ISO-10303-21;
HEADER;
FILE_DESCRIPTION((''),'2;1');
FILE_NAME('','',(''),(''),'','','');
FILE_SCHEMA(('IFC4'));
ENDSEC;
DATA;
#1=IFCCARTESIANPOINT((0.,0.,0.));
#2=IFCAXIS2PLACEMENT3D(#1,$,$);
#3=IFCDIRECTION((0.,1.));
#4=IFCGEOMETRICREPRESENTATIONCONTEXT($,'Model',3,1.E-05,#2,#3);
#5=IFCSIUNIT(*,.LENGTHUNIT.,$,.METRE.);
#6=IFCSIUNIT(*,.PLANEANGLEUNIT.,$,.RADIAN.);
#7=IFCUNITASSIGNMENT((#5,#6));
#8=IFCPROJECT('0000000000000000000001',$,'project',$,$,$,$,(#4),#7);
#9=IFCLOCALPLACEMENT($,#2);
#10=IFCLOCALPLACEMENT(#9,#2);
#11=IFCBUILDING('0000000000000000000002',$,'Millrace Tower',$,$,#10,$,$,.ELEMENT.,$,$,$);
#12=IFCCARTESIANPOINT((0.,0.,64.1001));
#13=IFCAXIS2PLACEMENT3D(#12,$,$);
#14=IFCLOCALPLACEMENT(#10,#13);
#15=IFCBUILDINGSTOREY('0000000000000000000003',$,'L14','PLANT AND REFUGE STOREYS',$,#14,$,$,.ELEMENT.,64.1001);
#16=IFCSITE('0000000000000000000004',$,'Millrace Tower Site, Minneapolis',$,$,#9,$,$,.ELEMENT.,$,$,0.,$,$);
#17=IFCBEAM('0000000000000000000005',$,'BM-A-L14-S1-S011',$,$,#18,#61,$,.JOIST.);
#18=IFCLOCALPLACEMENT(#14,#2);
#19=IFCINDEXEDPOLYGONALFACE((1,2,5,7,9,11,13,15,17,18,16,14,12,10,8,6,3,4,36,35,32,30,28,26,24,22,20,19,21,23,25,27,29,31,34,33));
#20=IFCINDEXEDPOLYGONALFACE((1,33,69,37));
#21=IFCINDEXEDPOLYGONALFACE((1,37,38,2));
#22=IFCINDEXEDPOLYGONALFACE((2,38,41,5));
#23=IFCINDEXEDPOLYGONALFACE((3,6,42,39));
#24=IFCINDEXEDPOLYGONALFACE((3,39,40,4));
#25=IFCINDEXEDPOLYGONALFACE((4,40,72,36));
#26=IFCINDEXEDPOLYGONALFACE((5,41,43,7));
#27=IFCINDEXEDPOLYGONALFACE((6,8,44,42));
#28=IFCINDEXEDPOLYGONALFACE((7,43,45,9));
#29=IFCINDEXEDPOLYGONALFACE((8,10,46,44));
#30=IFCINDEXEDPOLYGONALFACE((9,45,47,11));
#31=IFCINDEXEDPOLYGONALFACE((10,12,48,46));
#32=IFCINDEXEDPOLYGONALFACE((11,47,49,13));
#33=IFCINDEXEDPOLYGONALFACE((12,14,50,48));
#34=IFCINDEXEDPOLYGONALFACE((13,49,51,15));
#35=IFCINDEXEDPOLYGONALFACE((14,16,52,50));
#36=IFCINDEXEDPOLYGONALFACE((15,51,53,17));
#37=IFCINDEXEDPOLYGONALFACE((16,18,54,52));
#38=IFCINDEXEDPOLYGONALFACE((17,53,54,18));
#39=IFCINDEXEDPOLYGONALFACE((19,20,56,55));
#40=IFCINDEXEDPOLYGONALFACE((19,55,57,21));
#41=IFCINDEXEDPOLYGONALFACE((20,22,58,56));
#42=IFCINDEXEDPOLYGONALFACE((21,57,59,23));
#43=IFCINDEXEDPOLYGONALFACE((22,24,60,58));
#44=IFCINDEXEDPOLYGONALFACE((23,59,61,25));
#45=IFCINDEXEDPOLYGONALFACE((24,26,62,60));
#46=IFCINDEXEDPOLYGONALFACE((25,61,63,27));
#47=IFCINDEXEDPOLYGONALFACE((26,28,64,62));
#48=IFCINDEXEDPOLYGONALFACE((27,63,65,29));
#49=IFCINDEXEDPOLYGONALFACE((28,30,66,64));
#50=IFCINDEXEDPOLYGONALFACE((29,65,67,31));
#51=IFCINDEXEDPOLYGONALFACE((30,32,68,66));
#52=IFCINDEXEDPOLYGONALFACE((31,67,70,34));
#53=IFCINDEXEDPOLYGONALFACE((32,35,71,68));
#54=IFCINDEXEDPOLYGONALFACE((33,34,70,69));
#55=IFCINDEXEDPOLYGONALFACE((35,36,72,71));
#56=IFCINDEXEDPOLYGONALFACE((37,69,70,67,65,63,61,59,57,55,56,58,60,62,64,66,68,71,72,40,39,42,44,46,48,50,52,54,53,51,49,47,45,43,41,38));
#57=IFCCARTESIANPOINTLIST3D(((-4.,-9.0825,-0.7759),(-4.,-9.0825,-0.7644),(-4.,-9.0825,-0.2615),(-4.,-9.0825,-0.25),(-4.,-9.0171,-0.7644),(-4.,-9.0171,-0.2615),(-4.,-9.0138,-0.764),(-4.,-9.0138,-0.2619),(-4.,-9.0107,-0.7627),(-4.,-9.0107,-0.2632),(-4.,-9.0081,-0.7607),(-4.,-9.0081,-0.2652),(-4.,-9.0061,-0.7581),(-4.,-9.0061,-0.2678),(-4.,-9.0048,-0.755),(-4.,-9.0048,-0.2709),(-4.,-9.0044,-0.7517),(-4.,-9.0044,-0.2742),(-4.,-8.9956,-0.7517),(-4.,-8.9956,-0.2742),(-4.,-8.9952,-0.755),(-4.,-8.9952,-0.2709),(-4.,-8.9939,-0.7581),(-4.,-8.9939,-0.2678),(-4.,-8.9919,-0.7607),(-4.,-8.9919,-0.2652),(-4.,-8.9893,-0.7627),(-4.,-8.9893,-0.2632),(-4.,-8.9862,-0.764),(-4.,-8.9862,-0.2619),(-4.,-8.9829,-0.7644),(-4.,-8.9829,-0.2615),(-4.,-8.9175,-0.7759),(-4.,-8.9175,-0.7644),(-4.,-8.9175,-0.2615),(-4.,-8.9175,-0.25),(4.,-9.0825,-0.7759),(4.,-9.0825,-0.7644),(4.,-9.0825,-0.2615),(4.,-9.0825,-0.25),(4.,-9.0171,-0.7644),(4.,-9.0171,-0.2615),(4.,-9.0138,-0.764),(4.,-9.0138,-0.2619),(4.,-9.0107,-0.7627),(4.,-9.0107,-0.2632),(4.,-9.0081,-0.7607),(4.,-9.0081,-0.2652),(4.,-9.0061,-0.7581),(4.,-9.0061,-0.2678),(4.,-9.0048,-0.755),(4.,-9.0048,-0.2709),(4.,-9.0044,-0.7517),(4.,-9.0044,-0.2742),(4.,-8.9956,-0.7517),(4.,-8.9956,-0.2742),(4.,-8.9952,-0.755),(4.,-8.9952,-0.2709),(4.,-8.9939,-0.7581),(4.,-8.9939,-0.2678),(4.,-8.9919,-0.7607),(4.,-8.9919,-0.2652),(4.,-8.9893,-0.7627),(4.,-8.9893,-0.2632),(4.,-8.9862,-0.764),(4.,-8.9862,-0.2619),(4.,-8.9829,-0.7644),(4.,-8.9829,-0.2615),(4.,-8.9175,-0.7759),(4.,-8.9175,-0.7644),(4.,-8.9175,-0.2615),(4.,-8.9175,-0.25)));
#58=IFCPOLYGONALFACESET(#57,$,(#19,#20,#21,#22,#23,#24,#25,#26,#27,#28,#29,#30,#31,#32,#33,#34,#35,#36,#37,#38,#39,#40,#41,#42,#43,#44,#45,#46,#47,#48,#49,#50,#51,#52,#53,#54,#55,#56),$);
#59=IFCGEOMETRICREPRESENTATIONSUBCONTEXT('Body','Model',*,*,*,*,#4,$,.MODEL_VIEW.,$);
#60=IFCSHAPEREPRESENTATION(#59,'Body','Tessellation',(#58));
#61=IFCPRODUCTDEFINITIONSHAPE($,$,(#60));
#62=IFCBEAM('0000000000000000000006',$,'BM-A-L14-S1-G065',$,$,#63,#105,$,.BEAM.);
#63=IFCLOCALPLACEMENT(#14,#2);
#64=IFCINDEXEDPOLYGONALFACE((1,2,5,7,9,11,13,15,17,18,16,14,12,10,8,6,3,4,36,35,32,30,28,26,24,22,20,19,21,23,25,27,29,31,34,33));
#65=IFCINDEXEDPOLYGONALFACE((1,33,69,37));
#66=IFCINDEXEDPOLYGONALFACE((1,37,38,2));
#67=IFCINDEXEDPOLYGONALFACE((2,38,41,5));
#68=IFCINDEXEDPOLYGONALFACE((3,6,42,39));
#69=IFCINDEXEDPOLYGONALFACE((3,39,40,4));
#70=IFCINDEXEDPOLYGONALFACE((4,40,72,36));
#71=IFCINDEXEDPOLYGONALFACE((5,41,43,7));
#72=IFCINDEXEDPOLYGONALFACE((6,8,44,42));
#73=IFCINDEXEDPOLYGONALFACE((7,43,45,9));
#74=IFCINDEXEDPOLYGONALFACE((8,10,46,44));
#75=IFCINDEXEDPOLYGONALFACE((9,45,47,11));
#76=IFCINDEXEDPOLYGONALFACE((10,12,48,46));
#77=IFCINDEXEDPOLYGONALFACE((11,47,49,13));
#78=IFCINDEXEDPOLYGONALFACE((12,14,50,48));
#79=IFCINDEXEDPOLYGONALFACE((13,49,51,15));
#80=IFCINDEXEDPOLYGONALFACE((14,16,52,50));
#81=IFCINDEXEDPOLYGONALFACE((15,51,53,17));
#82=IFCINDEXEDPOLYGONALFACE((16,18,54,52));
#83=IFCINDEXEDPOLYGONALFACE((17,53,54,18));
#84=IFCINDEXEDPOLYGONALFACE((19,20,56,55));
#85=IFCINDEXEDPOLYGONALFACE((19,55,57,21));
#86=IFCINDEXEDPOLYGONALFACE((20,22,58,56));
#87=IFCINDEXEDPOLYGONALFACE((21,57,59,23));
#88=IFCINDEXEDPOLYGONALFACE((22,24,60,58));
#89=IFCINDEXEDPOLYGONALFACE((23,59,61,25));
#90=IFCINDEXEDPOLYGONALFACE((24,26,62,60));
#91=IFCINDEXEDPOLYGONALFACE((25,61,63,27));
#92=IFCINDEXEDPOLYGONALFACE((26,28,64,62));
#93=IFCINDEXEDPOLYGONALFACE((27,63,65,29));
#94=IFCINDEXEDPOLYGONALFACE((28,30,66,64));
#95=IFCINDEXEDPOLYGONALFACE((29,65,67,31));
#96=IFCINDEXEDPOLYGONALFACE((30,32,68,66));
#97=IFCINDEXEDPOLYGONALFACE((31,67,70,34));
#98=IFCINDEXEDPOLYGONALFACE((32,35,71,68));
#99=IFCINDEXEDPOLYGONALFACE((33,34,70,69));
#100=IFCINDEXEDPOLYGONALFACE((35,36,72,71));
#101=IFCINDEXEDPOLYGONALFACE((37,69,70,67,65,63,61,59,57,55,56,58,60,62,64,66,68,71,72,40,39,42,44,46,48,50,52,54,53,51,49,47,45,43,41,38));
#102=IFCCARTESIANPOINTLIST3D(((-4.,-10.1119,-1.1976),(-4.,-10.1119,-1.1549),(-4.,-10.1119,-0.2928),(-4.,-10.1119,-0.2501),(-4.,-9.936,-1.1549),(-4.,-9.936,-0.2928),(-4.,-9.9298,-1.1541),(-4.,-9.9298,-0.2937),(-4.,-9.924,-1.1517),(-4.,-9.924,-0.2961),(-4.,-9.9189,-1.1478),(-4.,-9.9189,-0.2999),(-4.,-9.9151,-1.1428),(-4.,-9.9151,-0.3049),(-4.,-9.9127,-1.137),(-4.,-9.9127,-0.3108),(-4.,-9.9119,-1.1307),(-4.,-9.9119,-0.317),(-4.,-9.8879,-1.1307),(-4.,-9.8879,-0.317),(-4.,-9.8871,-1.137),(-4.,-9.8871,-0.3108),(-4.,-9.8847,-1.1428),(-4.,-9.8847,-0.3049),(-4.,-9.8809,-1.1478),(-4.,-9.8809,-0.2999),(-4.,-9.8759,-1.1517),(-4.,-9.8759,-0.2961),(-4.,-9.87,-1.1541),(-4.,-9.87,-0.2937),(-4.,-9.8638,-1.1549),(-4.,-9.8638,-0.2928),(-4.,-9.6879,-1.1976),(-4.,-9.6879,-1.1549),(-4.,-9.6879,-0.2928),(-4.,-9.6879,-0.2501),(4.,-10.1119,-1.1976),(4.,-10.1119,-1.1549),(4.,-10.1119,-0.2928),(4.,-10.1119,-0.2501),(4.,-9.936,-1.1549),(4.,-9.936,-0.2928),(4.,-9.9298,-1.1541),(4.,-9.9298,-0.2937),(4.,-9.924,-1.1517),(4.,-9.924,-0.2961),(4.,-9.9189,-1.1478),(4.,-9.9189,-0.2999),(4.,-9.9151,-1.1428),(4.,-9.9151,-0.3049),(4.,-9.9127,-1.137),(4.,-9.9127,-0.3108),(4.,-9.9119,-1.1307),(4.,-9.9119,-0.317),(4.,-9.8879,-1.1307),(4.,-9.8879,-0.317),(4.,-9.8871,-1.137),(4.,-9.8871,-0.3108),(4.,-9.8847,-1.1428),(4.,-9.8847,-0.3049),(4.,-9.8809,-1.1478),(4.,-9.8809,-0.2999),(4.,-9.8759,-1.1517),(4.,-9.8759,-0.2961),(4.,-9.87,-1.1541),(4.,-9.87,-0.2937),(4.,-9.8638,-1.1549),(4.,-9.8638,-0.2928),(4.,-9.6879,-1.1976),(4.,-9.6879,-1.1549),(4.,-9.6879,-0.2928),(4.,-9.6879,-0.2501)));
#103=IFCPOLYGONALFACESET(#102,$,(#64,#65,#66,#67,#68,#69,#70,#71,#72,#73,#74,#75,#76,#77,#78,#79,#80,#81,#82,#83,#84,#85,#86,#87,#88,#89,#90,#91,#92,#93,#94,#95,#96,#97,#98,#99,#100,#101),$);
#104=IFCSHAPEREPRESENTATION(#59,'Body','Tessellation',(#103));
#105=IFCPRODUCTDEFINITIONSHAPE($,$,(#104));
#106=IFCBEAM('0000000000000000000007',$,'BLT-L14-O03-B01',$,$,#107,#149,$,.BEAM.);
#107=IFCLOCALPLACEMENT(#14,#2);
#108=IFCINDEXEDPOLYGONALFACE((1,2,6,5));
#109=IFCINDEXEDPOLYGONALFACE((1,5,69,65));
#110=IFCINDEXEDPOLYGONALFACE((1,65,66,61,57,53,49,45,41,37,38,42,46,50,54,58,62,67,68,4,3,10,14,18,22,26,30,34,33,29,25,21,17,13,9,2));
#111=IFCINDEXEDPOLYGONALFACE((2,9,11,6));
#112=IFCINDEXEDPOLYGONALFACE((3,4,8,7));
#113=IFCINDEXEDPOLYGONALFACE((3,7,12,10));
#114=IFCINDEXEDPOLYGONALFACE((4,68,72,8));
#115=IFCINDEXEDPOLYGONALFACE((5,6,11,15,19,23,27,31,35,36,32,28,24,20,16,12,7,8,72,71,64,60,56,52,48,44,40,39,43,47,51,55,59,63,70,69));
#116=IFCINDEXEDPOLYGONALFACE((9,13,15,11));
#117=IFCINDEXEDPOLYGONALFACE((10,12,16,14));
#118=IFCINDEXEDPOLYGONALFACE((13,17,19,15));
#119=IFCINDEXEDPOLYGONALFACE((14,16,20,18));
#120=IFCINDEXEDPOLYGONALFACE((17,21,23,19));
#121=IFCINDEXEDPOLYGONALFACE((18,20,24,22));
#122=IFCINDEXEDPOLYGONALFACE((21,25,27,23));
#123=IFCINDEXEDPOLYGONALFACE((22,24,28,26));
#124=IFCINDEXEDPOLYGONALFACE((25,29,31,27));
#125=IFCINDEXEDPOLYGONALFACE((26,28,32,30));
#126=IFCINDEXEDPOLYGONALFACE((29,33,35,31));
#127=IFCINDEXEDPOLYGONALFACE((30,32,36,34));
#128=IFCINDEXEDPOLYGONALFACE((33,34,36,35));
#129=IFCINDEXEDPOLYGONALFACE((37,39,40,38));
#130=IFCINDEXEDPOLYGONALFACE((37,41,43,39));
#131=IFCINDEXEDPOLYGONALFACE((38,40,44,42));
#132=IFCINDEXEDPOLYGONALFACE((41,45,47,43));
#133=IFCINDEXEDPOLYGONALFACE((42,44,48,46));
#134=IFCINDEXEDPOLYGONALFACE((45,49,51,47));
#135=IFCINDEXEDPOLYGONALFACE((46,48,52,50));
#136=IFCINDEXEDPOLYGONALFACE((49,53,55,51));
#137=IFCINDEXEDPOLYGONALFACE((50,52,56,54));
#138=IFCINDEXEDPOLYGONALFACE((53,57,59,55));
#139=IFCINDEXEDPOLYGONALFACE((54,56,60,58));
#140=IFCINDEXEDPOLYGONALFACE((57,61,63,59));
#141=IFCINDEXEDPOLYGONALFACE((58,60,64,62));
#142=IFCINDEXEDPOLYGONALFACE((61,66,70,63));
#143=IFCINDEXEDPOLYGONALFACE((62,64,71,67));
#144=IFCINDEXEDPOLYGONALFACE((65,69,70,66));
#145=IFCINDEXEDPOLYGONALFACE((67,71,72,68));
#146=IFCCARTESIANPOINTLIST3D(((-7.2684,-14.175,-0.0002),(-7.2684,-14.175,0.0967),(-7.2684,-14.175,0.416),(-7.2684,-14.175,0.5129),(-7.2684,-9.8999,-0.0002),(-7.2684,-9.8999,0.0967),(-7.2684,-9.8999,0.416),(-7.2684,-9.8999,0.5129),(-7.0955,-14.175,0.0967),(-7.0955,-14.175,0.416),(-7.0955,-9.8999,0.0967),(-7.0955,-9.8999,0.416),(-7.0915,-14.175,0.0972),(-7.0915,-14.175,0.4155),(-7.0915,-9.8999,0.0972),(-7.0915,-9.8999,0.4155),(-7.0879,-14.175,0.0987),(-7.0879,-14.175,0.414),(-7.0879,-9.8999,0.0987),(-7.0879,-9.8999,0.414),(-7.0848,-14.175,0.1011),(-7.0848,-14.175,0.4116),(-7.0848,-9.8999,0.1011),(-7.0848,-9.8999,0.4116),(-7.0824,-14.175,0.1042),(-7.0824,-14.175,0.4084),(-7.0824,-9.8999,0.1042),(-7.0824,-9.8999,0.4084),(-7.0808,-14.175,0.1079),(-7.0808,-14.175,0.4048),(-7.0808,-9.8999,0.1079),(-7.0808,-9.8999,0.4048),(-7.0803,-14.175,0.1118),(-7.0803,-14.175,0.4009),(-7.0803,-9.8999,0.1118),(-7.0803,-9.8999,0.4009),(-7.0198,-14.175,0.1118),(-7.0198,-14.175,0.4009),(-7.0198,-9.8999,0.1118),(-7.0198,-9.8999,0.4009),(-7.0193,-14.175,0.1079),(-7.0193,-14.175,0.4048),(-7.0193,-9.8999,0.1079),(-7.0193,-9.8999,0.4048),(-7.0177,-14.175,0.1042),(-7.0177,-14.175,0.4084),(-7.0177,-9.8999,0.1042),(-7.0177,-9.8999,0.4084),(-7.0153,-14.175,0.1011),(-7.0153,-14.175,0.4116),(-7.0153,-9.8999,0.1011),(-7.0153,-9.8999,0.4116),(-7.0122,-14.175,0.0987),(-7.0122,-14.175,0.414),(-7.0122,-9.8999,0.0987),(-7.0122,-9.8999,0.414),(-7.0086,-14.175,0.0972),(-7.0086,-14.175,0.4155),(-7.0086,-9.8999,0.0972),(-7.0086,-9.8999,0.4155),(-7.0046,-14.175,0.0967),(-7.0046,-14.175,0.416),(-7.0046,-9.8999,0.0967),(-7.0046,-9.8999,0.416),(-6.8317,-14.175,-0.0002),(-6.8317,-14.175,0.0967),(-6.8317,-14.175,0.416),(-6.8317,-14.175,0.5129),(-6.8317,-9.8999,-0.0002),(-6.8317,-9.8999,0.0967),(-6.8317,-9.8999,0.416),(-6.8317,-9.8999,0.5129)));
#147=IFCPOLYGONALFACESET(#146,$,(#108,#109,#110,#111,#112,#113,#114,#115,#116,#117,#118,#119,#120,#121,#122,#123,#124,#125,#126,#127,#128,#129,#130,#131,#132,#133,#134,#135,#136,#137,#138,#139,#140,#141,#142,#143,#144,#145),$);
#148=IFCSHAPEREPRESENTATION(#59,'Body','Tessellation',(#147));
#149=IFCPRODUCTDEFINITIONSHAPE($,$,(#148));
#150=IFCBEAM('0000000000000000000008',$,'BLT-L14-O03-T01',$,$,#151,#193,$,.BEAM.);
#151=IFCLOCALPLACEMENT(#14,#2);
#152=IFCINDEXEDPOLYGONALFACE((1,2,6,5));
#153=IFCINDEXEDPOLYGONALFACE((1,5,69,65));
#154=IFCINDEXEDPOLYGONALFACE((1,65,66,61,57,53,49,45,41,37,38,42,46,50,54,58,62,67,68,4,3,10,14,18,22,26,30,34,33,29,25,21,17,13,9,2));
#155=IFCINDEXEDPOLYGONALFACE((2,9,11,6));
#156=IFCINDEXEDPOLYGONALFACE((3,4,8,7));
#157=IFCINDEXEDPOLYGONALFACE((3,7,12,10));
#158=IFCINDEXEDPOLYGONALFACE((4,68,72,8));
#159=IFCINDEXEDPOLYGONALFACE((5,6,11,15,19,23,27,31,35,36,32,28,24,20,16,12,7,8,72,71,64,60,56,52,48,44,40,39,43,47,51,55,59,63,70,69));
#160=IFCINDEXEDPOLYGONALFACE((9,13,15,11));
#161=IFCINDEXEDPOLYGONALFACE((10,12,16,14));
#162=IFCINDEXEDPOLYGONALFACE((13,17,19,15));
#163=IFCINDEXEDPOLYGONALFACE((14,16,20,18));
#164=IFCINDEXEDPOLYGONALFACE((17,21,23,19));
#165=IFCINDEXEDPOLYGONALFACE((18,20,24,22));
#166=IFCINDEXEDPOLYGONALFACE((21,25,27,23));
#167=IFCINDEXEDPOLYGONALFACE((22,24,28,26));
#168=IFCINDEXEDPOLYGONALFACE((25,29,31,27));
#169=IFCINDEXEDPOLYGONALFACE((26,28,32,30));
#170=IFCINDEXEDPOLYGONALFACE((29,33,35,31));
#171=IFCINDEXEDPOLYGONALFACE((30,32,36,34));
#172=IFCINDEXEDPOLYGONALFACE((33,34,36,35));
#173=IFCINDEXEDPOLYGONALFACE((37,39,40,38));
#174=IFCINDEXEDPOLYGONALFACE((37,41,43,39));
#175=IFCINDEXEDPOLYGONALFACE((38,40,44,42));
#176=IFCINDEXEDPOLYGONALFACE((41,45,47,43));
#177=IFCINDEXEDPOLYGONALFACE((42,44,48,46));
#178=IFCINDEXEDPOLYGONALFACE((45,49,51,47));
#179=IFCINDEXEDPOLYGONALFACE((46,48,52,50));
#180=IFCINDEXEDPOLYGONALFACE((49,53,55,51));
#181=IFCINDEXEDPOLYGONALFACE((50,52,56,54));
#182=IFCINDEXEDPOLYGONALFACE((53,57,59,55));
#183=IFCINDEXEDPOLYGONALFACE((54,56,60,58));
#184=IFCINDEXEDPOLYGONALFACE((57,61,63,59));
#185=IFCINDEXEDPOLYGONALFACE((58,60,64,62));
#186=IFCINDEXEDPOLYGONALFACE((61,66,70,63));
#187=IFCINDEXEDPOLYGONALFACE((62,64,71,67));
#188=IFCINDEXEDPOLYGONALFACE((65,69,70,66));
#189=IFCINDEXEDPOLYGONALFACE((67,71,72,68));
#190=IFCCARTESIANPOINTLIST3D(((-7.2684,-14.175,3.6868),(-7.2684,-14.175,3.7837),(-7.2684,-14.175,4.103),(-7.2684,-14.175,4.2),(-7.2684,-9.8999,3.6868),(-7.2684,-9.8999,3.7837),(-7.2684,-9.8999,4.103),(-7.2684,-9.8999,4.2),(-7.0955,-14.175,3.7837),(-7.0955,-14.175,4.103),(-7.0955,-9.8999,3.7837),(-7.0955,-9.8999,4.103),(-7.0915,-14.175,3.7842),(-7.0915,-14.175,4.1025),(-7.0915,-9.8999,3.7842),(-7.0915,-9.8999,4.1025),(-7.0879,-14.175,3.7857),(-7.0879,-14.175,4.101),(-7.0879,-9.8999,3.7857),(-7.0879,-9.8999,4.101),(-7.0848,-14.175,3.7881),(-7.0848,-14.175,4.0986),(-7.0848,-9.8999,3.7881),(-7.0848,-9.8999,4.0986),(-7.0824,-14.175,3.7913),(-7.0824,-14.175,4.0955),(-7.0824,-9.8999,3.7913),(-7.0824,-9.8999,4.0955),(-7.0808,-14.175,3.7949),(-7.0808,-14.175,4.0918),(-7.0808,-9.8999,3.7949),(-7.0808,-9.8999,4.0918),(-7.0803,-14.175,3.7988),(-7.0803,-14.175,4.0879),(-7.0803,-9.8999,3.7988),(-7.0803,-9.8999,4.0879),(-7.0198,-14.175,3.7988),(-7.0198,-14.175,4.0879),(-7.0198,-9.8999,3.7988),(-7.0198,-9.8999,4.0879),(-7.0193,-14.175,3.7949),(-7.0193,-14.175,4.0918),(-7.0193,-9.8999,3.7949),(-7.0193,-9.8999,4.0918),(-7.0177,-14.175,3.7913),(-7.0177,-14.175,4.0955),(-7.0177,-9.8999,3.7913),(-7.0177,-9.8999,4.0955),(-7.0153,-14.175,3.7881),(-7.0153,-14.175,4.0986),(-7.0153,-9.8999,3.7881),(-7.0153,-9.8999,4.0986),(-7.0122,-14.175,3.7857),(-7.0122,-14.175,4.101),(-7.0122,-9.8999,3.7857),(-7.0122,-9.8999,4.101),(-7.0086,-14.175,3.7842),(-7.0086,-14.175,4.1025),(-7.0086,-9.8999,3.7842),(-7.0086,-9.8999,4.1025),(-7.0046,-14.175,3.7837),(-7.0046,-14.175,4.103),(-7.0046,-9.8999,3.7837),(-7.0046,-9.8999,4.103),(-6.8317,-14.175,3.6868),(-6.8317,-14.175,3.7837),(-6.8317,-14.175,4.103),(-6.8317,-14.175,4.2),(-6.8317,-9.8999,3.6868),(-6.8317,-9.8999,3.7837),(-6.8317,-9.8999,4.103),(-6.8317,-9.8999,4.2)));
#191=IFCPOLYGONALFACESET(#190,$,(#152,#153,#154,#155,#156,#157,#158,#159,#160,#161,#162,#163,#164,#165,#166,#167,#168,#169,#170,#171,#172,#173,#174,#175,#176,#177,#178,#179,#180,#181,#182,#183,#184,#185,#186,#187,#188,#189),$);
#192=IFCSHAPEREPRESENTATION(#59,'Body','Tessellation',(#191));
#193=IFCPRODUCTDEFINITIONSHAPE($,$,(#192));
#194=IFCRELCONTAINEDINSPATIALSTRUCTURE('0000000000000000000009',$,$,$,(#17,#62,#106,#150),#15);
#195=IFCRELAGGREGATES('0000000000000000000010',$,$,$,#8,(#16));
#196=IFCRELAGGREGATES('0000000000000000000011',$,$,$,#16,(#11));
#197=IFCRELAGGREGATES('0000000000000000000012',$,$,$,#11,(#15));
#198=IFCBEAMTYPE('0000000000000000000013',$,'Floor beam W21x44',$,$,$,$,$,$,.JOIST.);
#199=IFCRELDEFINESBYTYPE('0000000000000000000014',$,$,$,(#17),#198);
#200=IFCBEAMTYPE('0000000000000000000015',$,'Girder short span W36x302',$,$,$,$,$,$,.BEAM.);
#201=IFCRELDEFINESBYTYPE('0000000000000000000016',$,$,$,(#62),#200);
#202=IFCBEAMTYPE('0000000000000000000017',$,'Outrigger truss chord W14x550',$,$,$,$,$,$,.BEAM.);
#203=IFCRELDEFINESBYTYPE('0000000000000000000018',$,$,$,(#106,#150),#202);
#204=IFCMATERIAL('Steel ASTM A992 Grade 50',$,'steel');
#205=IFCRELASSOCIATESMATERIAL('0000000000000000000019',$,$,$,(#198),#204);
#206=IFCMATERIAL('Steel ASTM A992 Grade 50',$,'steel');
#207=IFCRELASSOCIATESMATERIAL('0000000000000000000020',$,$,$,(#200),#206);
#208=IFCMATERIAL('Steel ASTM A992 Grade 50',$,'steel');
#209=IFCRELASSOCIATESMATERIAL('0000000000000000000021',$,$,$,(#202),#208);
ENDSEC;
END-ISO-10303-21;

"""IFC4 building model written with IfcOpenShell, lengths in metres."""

from ifc_helpers import new_model, si_unit, direction, frame, origin, origin_2d, place, context, subcontext, project, spatial, i_section, extrude, material, material_profile, profile_set, type_object, element, save


model = new_model("IFC4")

# Units and contexts
model_context = context("Model", 3, precision=1e-05, world=origin(), true_north=direction((0.0, 1.0)))
body_context = subcontext(model_context, "Body", "Model", "MODEL_VIEW")
ifc_project = project(units=[si_unit("LENGTHUNIT", "METRE"), si_unit("PLANEANGLEUNIT", "RADIAN")], contexts=[model_context])

# Site, building, storey
site_placement = place(None, origin())
site = spatial("IfcSite", under=ifc_project, at=site_placement, Name="Millrace Tower Site, Minneapolis", CompositionType="ELEMENT", RefElevation=0.0)
building_placement = place(site_placement, origin())
building = spatial("IfcBuilding", under=site, at=building_placement, Name="Millrace Tower", CompositionType="ELEMENT")
storey_placement = place(building_placement, frame((0.0, 0.0, 64.1001)))
storey = spatial("IfcBuildingStorey", under=building, at=storey_placement, Name="L14", Description="PLANT AND REFUGE STOREYS", CompositionType="ELEMENT", Elevation=64.1001)

# Beams
ifc_material_1 = material(Name="Steel ASTM A992 Grade 50", Category="steel")
ifc_material_profile_1 = material_profile(ifc_material_1, i_section(OverallWidth=0.165, OverallDepth=0.5259, WebThickness=0.0088, FlangeThickness=0.0115, FilletRadius=0.0127, at=origin_2d()))
ifc_profile_set_1 = profile_set([ifc_material_profile_1], Name="Steel ASTM A992 Grade 50")
beam_type_1 = type_object("IfcBeamType", Name="Floor beam W21x44", PredefinedType="JOIST", material=ifc_profile_set_1)
beam_1_placement = place(storey_placement, frame((-4.0, -9.0, -0.5129), z_axis=(1.0, 0.0, 0.0), x_axis=(0.0, 1.0, 0.0)))
element("IfcBeam", 1, at=beam_1_placement, inside=storey, type_object=beam_type_1, Name="BM-A-L14-S1-S011", PredefinedType="JOIST", context=body_context, shape_type="SweptSolid", body=[
    extrude(i_section(OverallWidth=0.165, OverallDepth=0.5259, WebThickness=0.0088, FlangeThickness=0.0115, FilletRadius=0.0127, at=origin_2d()), origin(), (0.0, 0.0, 1.0), 8.0),
])
ifc_material_2 = material(Name="Steel ASTM A992 Grade 50", Category="steel")
ifc_material_profile_2 = material_profile(ifc_material_2, i_section(OverallWidth=0.4241, OverallDepth=0.9475, WebThickness=0.0239, FlangeThickness=0.0427, FilletRadius=0.0242, at=origin_2d()))
ifc_profile_set_2 = profile_set([ifc_material_profile_2], Name="Steel ASTM A992 Grade 50")
beam_type_2 = type_object("IfcBeamType", Name="Girder short span W36x302", PredefinedType="BEAM", material=ifc_profile_set_2)
beam_2_placement = place(storey_placement, frame((-4.0, -9.8999, -0.7239), z_axis=(1.0, 0.0, 0.0), x_axis=(0.0, 1.0, 0.0)))
element("IfcBeam", 2, at=beam_2_placement, inside=storey, type_object=beam_type_2, Name="BM-A-L14-S1-G065", PredefinedType="BEAM", context=body_context, shape_type="SweptSolid", body=[
    extrude(i_section(OverallWidth=0.4241, OverallDepth=0.9475, WebThickness=0.0239, FlangeThickness=0.0427, FilletRadius=0.0242, at=origin_2d()), origin(), (0.0, 0.0, 1.0), 8.0),
])
ifc_material_3 = material(Name="Steel ASTM A992 Grade 50", Category="steel")
ifc_material_profile_3 = material_profile(ifc_material_3, i_section(OverallWidth=0.4368, OverallDepth=0.5132, WebThickness=0.0605, FlangeThickness=0.0969, FilletRadius=0.0151, at=origin_2d()))
ifc_profile_set_3 = profile_set([ifc_material_profile_3], Name="Steel ASTM A992 Grade 50")
beam_type_3 = type_object("IfcBeamType", Name="Outrigger truss chord W14x550", PredefinedType="BEAM", material=ifc_profile_set_3)
for number, where, z_axis, x_axis, name in (
    (3, (-7.05, -9.8999, 0.2563), (0.0, -1.0, 0.0), (1.0, 0.0, 0.0), "BLT-L14-O03-B01"),
    (4, (-7.05, -9.8999, 3.9434), (0.0, -1.0, 0.0), (1.0, 0.0, 0.0), "BLT-L14-O03-T01"),
):
    element("IfcBeam", number, at=place(storey_placement, frame(where, z_axis=z_axis, x_axis=x_axis)), inside=storey, type_object=beam_type_3, Name=name, PredefinedType="BEAM", context=body_context, shape_type="SweptSolid", body=[
        extrude(i_section(OverallWidth=0.4368, OverallDepth=0.5132, WebThickness=0.0605, FlangeThickness=0.0969, FilletRadius=0.0151, at=origin_2d()), origin(), (0.0, 0.0, 1.0), 4.2751),
    ])

save(model, "model.ifc")
